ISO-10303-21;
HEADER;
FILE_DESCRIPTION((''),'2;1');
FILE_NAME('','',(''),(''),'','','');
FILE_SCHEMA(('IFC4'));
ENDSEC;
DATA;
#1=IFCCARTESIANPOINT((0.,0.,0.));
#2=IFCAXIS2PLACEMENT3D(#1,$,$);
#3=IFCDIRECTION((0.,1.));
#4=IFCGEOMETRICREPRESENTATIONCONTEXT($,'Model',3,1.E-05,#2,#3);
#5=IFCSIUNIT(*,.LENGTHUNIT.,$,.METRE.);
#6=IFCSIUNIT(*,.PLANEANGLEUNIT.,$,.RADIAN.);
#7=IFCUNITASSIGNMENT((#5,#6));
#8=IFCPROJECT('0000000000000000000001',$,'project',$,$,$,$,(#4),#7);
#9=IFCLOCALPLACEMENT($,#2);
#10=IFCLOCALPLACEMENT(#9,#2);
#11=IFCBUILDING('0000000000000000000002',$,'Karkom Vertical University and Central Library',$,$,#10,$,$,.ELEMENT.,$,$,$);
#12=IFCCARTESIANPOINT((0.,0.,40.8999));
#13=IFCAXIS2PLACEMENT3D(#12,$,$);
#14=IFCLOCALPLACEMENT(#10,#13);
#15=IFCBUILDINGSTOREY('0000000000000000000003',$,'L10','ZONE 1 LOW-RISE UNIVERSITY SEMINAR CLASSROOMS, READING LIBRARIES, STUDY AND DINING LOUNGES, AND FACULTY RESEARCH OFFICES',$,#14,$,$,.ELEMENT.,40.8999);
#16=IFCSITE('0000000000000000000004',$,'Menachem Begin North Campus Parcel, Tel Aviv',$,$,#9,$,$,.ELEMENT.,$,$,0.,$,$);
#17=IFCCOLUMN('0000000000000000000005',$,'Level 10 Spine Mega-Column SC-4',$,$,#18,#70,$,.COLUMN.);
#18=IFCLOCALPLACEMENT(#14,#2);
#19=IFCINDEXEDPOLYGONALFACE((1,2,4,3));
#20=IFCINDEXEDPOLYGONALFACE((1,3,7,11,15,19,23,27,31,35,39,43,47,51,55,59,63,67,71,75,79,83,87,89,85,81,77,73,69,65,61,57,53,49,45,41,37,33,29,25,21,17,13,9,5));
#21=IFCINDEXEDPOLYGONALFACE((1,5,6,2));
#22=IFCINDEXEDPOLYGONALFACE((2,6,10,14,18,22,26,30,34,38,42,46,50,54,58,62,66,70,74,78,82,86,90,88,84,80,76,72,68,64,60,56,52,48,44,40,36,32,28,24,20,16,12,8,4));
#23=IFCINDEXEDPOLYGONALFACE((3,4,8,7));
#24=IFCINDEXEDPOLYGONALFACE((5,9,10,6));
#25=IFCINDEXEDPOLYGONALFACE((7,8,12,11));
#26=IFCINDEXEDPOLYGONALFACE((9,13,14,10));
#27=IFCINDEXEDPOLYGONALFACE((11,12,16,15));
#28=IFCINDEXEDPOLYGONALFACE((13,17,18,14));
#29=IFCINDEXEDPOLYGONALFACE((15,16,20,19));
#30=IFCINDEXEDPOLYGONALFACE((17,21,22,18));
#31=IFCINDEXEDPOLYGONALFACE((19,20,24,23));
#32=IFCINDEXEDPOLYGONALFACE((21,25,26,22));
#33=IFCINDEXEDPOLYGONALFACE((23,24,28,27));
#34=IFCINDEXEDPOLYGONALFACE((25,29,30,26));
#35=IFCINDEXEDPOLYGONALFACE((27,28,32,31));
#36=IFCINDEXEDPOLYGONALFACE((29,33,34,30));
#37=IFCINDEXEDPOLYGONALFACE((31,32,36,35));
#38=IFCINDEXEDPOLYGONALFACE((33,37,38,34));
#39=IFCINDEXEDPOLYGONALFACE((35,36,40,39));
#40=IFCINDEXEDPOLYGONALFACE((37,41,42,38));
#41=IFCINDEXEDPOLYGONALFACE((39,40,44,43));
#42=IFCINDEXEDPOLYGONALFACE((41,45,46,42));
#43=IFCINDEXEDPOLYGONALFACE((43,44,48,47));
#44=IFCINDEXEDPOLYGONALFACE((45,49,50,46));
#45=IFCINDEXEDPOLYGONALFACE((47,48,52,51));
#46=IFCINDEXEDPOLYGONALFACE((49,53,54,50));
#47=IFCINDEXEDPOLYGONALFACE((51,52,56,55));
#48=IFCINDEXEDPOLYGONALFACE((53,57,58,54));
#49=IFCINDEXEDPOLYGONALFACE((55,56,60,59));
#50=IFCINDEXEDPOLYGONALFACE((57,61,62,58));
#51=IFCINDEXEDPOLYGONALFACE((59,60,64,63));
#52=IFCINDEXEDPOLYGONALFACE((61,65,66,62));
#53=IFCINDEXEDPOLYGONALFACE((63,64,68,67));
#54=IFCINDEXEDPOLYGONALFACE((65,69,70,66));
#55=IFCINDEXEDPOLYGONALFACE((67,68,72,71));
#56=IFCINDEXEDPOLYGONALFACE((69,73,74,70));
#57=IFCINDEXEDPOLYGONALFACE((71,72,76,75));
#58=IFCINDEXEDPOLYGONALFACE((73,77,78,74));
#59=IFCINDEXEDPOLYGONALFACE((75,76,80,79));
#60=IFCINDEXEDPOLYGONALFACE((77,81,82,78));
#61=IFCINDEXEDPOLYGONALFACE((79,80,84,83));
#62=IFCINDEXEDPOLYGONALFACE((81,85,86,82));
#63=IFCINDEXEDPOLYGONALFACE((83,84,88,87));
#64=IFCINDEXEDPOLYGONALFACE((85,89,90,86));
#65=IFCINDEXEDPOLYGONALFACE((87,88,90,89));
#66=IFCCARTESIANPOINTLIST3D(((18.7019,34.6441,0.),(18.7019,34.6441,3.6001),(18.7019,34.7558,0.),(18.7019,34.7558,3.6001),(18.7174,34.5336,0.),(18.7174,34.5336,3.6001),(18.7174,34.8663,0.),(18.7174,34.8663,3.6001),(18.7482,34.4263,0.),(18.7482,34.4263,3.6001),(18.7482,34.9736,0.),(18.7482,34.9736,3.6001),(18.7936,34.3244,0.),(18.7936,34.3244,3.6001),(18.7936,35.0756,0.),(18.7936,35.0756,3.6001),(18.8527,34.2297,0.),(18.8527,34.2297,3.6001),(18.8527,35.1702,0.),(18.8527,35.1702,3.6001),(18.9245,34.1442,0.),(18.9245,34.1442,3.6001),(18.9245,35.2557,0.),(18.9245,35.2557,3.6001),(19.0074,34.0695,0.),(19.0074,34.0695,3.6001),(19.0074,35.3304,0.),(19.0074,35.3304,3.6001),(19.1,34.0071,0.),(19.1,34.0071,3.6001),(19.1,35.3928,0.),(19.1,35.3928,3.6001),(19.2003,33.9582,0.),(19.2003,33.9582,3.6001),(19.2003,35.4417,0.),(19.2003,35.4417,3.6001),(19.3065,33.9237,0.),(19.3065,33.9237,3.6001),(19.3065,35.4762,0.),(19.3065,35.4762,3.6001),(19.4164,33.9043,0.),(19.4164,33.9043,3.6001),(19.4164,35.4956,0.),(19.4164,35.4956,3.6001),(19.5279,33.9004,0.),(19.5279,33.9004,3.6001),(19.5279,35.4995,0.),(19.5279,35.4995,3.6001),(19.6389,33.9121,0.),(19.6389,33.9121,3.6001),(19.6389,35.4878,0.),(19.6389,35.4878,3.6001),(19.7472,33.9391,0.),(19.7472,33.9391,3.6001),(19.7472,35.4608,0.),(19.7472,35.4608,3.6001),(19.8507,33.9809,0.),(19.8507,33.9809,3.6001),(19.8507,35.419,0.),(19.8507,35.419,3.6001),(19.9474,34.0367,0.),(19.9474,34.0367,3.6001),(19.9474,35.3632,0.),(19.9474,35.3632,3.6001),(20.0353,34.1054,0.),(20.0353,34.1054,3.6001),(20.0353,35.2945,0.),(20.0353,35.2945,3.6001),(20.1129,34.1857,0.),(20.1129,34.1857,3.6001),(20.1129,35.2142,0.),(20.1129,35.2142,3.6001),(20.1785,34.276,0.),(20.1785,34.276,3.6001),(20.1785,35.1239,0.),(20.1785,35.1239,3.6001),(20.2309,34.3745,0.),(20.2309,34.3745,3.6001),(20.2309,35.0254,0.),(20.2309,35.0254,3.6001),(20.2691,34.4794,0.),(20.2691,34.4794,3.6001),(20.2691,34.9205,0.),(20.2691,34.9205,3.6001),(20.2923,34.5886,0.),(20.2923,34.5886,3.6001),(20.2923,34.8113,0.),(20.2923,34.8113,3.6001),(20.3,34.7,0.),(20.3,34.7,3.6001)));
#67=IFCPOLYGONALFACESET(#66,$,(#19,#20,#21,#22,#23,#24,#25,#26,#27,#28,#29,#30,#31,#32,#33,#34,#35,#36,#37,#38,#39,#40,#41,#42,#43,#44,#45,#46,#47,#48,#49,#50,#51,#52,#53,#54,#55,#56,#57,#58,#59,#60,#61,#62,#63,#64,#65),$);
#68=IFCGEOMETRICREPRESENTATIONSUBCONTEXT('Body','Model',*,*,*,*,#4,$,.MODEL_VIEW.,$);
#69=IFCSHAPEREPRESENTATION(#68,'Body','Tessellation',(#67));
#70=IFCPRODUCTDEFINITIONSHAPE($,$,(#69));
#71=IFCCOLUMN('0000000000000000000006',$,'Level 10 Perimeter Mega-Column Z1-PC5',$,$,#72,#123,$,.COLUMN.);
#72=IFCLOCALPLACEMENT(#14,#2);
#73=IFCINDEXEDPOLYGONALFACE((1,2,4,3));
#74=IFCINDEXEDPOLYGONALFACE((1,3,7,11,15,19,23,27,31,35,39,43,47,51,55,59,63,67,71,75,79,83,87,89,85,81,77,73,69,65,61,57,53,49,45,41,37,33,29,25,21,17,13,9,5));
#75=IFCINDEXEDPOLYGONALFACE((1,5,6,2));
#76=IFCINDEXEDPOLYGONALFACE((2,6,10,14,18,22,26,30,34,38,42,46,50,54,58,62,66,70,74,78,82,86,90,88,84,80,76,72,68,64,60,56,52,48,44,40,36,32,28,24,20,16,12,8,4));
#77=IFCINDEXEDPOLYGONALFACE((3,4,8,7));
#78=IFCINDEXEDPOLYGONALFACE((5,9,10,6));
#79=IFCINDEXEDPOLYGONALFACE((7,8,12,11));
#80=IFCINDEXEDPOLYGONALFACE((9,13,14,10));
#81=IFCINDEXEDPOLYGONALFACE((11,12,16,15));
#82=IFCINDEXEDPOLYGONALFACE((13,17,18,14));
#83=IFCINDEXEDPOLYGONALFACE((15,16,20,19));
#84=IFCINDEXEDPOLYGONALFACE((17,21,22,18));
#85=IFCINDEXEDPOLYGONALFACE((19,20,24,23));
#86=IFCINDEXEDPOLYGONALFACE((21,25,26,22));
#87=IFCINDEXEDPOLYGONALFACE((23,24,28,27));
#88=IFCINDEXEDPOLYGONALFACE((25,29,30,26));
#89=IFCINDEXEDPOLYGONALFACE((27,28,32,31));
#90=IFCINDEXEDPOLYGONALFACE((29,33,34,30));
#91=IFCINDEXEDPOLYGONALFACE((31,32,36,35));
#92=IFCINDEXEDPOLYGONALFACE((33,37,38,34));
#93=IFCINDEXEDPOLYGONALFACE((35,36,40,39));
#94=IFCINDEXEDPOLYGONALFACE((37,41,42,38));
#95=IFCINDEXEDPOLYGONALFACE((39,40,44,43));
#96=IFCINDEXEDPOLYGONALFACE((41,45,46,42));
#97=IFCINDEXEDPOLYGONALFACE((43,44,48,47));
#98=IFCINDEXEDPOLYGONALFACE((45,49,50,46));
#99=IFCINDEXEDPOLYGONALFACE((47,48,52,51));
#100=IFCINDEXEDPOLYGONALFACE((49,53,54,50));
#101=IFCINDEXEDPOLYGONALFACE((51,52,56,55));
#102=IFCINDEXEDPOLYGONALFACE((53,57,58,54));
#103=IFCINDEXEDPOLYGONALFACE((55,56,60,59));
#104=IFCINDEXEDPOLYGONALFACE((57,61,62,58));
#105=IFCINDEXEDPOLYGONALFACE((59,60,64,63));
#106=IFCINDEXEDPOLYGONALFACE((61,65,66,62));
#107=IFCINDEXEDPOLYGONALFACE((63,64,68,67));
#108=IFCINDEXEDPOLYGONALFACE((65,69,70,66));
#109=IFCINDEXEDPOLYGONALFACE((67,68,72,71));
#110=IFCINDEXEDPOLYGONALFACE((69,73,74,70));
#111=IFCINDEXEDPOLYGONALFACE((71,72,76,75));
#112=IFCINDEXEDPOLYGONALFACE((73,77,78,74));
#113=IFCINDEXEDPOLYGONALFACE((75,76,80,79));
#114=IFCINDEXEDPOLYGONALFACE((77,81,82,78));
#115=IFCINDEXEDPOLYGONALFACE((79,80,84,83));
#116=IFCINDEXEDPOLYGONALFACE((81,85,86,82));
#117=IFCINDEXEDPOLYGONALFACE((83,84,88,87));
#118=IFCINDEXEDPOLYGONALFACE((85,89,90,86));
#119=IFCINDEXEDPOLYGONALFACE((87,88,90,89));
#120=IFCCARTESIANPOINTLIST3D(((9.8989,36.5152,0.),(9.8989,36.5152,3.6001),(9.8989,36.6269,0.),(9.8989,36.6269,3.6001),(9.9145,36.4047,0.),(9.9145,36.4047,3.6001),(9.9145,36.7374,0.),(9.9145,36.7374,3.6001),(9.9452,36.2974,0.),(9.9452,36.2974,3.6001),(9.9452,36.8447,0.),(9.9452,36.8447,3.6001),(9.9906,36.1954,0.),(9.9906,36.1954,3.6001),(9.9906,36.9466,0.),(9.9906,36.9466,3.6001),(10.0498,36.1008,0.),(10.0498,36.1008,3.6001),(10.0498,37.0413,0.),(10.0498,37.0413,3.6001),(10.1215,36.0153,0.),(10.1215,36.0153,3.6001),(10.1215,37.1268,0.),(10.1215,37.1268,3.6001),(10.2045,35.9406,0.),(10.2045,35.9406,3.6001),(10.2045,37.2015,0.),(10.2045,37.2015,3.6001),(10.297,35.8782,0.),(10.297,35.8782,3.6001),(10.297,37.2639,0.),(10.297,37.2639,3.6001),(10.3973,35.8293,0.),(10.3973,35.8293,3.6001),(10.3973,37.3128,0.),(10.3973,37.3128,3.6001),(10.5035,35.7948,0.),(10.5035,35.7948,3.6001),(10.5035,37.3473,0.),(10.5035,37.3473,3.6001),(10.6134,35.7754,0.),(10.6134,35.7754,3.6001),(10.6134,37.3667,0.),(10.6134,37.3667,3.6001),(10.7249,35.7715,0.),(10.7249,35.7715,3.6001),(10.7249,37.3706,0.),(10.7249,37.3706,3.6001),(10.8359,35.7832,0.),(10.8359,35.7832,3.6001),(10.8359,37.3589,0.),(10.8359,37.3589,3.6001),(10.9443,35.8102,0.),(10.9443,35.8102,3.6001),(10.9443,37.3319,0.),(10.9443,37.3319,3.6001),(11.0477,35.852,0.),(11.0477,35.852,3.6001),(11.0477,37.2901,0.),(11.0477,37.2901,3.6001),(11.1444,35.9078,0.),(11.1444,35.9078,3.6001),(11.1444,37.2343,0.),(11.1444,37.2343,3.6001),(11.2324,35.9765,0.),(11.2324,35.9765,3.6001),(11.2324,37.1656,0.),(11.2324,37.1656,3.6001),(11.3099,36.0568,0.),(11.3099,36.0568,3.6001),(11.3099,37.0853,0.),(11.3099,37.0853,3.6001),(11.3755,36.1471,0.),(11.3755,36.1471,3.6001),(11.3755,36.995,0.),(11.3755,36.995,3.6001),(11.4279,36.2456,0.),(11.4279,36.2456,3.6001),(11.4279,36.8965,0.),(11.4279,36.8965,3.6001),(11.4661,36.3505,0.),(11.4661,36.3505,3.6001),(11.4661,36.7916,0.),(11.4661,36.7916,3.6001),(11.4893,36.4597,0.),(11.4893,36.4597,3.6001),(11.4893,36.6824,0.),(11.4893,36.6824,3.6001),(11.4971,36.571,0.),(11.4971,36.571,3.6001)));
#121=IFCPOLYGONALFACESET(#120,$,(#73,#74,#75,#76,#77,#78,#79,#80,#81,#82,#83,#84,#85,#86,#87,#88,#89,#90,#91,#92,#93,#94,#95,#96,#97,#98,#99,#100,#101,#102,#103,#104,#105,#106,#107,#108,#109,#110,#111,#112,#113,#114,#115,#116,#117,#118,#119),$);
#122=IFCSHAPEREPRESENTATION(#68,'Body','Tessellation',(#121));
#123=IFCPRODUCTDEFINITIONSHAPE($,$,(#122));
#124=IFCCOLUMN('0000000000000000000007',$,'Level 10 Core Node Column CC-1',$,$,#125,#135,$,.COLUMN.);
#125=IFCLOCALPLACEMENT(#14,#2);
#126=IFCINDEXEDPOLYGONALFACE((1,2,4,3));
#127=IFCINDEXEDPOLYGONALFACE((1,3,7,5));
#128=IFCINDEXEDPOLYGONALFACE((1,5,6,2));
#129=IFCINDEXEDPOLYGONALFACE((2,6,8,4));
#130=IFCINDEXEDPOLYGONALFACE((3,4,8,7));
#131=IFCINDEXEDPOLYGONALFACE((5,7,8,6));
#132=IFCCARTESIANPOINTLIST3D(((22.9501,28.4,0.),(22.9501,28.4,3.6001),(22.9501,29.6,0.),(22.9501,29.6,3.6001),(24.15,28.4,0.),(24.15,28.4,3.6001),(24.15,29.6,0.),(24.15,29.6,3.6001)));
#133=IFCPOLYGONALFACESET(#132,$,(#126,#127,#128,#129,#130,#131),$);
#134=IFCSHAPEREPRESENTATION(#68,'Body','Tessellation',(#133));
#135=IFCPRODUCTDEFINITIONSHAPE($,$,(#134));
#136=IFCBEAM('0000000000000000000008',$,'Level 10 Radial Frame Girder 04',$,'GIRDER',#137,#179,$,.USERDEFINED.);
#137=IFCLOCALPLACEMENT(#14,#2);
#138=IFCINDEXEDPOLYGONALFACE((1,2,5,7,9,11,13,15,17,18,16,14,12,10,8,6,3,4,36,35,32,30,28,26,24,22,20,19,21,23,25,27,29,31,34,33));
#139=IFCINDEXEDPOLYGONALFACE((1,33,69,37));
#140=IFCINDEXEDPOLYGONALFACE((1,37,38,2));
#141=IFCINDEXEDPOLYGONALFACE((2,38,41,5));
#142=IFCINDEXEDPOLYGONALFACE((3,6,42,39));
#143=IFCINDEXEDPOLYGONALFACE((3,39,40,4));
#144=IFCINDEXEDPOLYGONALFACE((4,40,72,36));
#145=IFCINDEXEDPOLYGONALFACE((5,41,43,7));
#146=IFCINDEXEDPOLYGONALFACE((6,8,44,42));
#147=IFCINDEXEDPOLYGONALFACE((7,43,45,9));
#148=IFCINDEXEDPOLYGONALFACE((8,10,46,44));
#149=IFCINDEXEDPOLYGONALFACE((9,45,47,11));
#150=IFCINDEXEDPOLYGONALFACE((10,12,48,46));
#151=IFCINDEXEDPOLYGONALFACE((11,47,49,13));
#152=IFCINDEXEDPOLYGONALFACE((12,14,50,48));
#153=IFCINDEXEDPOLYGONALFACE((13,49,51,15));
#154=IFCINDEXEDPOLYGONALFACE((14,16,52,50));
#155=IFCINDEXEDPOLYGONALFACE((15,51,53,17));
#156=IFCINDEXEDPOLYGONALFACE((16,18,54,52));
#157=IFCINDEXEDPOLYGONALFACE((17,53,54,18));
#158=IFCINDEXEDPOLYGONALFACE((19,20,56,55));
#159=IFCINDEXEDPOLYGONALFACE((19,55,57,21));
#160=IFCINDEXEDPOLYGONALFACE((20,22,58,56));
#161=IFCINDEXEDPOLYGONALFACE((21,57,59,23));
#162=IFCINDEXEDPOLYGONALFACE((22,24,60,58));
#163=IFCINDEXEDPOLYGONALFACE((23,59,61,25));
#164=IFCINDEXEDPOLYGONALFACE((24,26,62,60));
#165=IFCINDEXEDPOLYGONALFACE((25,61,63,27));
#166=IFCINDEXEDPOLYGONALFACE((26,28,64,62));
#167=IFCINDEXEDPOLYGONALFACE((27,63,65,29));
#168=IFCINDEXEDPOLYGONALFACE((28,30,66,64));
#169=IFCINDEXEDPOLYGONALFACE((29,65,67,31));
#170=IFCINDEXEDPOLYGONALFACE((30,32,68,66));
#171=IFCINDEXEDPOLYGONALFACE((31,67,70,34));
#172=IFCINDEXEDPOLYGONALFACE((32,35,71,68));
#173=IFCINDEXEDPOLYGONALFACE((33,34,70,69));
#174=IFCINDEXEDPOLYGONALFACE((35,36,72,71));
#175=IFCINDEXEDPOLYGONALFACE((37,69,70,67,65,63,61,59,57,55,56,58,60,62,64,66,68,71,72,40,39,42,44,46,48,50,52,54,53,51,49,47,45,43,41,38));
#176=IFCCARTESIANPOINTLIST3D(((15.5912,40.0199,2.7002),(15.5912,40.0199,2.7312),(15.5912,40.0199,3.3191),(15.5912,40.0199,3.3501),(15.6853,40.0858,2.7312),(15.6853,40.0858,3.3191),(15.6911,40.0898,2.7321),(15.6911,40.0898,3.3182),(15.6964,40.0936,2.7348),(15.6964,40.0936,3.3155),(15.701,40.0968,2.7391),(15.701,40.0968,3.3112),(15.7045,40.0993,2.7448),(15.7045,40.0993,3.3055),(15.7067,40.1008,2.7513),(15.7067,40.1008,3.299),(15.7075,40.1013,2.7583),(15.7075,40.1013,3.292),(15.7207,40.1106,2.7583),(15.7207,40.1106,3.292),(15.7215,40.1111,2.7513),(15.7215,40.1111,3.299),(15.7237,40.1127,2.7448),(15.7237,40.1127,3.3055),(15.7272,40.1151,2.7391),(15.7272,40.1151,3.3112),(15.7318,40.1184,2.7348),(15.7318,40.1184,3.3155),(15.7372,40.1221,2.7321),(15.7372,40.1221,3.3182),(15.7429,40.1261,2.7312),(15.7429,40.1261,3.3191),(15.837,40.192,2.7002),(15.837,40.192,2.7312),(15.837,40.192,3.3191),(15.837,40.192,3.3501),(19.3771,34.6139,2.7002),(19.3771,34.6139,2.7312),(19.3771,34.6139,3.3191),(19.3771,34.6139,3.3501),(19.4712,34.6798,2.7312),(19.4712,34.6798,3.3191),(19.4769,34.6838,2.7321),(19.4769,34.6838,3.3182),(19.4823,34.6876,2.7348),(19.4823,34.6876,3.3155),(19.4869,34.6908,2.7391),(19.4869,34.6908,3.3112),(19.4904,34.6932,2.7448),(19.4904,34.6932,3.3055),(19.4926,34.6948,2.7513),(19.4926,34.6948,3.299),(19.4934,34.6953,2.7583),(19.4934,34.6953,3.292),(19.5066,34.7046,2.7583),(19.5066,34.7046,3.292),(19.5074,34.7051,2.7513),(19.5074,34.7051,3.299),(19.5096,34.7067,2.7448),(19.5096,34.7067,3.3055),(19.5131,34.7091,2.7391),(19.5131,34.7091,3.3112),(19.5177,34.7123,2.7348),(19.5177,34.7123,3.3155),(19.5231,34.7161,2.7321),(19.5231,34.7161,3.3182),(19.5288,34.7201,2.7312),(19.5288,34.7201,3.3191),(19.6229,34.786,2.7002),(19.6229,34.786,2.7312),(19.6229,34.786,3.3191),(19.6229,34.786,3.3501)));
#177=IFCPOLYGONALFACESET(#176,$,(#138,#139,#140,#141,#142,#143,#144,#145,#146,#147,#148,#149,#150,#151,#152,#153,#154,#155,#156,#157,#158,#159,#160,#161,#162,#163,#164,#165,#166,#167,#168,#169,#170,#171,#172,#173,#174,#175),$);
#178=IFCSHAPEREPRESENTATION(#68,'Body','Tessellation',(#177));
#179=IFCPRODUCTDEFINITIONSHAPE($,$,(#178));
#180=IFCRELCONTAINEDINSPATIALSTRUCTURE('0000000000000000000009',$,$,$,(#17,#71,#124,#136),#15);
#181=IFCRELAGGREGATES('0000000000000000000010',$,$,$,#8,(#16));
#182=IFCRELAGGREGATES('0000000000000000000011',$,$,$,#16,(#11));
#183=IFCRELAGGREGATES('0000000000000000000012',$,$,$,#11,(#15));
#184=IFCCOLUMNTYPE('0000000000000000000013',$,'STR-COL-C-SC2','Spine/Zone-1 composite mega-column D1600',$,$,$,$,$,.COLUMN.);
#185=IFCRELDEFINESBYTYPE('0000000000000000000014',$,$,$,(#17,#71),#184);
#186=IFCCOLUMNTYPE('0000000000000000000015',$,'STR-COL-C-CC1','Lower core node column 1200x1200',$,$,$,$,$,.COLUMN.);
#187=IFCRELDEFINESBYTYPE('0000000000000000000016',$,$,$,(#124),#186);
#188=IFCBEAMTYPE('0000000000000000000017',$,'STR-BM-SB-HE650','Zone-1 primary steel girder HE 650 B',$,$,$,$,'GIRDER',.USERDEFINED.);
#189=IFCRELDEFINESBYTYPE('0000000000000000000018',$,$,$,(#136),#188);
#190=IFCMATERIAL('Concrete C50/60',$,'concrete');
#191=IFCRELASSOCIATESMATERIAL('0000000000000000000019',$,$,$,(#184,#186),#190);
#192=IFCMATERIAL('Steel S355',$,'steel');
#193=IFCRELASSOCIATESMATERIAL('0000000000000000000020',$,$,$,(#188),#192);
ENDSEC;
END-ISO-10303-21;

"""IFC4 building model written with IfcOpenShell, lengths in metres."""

from ifc_helpers import new_model, si_unit, direction, frame, origin, origin_with_axes, origin_2d, place, context, subcontext, project, spatial, rectangle, circle, i_section, extrude, source, transform, mapped, material, material_profile, profile_set, type_object, element, save


model = new_model("IFC4")

# Units and contexts
model_context = context("Model", 3, precision=1e-05, world=origin(), true_north=direction((0.0, 1.0)))
body_context = subcontext(model_context, "Body", "Model", "MODEL_VIEW")
ifc_project = project(units=[si_unit("LENGTHUNIT", "METRE"), si_unit("PLANEANGLEUNIT", "RADIAN")], contexts=[model_context])

# Site, building, storey
site_placement = place(None, origin())
site = spatial("IfcSite", under=ifc_project, at=site_placement, Name="Menachem Begin North Campus Parcel, Tel Aviv", CompositionType="ELEMENT", RefElevation=0.0)
building_placement = place(site_placement, origin())
building = spatial("IfcBuilding", under=site, at=building_placement, Name="Karkom Vertical University and Central Library", CompositionType="ELEMENT")
storey_placement = place(building_placement, frame((0.0, 0.0, 40.8999)))
storey = spatial("IfcBuildingStorey", under=building, at=storey_placement, Name="L10", Description="ZONE 1 LOW-RISE UNIVERSITY SEMINAR CLASSROOMS, READING LIBRARIES, STUDY AND DINING LOUNGES, AND FACULTY RESEARCH OFFICES", CompositionType="ELEMENT", Elevation=40.8999)

# Columns
ifc_material_1 = material(Name="Concrete C50/60", Category="concrete")
ifc_material_profile_1 = material_profile(ifc_material_1, circle(Radius=0.8, at=origin_2d()), Name="CFT-D1600")
ifc_profile_set_1 = profile_set([ifc_material_profile_1], Name="Concrete C50/60")
column_type_1 = type_object("IfcColumnType", Name="STR-COL-C-SC2", Description="Spine/Zone-1 composite mega-column D1600", PredefinedType="COLUMN", material=ifc_profile_set_1)
shared_shape_1 = source(origin_with_axes(), body_context, "Body", "SweptSolid", [
    extrude(circle(Radius=0.8, at=origin_2d()), origin(), (0.0, 0.0, 1.0), 3.6001),
])
for number, where, z_axis, x_axis, name in (
    (1, (19.5, 34.7, 0.0), (0.0, 0.0, 1.0), (1.0, 0.0, 0.0), "Level 10 Spine Mega-Column SC-4"),
    (2, (10.697, 36.571, 0.0), (0.0, 0.0, 1.0), (1.0, 0.0, 0.0), "Level 10 Perimeter Mega-Column Z1-PC5"),
):
    element("IfcColumn", number, at=place(storey_placement, frame(where, z_axis=z_axis, x_axis=x_axis)), inside=storey, type_object=column_type_1, Name=name, PredefinedType="COLUMN", context=body_context, shape_type="MappedRepresentation", body=[
        mapped(shared_shape_1, transform((0.0, 0.0, 0.0), scale=1.0)),
    ])
ifc_material_profile_2 = material_profile(ifc_material_1, rectangle(XDim=1.2, YDim=1.2, at=origin_2d()), Name="RC-1200x1200")
ifc_profile_set_2 = profile_set([ifc_material_profile_2], Name="Concrete C50/60")
column_type_2 = type_object("IfcColumnType", Name="STR-COL-C-CC1", Description="Lower core node column 1200x1200", PredefinedType="COLUMN", material=ifc_profile_set_2)
shared_shape_2 = source(origin_with_axes(), body_context, "Body", "SweptSolid", [
    extrude(rectangle(XDim=1.2, YDim=1.2, at=origin_2d()), origin(), (0.0, 0.0, 1.0), 3.6001),
])
column_placement = place(storey_placement, frame((23.55, 29.0, 0.0), z_axis=(0.0, 0.0, 1.0), x_axis=(1.0, 0.0, 0.0)))
element("IfcColumn", 3, at=column_placement, inside=storey, type_object=column_type_2, Name="Level 10 Core Node Column CC-1", PredefinedType="COLUMN", context=body_context, shape_type="MappedRepresentation", body=[
    mapped(shared_shape_2, transform((0.0, 0.0, 0.0), scale=1.0)),
])

# Beam
ifc_material_2 = material(Name="Steel S355", Category="steel")
ifc_material_profile_3 = material_profile(ifc_material_2, i_section(OverallWidth=0.3, OverallDepth=0.6499, WebThickness=0.0161, FlangeThickness=0.031, FilletRadius=0.0271, at=origin_2d()), Name="HE 650 B")
ifc_profile_set_3 = profile_set([ifc_material_profile_3], Name="Steel S355")
beam_type_1 = type_object("IfcBeamType", Name="STR-BM-SB-HE650", Description="Zone-1 primary steel girder HE 650 B", ElementType="GIRDER", PredefinedType="USERDEFINED", material=ifc_profile_set_3)
shared_shape_3 = source(origin_with_axes(), body_context, "Body", "SweptSolid", [
    extrude(i_section(OverallWidth=0.3, OverallDepth=0.6499, WebThickness=0.0161, FlangeThickness=0.031, FilletRadius=0.0271, at=origin_2d()), origin(), (0.0, 0.0, 1.0), 6.5999),
])
beam_1_placement = place(storey_placement, frame((19.5, 34.7, 3.0251), z_axis=(-0.573634, 0.819112, 0.0), x_axis=(-0.819112, -0.573634, 0.0)))
element("IfcBeam", 4, at=beam_1_placement, inside=storey, type_object=beam_type_1, Name="Level 10 Radial Frame Girder 04", ObjectType="GIRDER", PredefinedType="USERDEFINED", context=body_context, shape_type="MappedRepresentation", body=[
    mapped(shared_shape_3, transform((0.0, 0.0, 0.0), scale=1.0)),
])

save(model, "model.ifc")
